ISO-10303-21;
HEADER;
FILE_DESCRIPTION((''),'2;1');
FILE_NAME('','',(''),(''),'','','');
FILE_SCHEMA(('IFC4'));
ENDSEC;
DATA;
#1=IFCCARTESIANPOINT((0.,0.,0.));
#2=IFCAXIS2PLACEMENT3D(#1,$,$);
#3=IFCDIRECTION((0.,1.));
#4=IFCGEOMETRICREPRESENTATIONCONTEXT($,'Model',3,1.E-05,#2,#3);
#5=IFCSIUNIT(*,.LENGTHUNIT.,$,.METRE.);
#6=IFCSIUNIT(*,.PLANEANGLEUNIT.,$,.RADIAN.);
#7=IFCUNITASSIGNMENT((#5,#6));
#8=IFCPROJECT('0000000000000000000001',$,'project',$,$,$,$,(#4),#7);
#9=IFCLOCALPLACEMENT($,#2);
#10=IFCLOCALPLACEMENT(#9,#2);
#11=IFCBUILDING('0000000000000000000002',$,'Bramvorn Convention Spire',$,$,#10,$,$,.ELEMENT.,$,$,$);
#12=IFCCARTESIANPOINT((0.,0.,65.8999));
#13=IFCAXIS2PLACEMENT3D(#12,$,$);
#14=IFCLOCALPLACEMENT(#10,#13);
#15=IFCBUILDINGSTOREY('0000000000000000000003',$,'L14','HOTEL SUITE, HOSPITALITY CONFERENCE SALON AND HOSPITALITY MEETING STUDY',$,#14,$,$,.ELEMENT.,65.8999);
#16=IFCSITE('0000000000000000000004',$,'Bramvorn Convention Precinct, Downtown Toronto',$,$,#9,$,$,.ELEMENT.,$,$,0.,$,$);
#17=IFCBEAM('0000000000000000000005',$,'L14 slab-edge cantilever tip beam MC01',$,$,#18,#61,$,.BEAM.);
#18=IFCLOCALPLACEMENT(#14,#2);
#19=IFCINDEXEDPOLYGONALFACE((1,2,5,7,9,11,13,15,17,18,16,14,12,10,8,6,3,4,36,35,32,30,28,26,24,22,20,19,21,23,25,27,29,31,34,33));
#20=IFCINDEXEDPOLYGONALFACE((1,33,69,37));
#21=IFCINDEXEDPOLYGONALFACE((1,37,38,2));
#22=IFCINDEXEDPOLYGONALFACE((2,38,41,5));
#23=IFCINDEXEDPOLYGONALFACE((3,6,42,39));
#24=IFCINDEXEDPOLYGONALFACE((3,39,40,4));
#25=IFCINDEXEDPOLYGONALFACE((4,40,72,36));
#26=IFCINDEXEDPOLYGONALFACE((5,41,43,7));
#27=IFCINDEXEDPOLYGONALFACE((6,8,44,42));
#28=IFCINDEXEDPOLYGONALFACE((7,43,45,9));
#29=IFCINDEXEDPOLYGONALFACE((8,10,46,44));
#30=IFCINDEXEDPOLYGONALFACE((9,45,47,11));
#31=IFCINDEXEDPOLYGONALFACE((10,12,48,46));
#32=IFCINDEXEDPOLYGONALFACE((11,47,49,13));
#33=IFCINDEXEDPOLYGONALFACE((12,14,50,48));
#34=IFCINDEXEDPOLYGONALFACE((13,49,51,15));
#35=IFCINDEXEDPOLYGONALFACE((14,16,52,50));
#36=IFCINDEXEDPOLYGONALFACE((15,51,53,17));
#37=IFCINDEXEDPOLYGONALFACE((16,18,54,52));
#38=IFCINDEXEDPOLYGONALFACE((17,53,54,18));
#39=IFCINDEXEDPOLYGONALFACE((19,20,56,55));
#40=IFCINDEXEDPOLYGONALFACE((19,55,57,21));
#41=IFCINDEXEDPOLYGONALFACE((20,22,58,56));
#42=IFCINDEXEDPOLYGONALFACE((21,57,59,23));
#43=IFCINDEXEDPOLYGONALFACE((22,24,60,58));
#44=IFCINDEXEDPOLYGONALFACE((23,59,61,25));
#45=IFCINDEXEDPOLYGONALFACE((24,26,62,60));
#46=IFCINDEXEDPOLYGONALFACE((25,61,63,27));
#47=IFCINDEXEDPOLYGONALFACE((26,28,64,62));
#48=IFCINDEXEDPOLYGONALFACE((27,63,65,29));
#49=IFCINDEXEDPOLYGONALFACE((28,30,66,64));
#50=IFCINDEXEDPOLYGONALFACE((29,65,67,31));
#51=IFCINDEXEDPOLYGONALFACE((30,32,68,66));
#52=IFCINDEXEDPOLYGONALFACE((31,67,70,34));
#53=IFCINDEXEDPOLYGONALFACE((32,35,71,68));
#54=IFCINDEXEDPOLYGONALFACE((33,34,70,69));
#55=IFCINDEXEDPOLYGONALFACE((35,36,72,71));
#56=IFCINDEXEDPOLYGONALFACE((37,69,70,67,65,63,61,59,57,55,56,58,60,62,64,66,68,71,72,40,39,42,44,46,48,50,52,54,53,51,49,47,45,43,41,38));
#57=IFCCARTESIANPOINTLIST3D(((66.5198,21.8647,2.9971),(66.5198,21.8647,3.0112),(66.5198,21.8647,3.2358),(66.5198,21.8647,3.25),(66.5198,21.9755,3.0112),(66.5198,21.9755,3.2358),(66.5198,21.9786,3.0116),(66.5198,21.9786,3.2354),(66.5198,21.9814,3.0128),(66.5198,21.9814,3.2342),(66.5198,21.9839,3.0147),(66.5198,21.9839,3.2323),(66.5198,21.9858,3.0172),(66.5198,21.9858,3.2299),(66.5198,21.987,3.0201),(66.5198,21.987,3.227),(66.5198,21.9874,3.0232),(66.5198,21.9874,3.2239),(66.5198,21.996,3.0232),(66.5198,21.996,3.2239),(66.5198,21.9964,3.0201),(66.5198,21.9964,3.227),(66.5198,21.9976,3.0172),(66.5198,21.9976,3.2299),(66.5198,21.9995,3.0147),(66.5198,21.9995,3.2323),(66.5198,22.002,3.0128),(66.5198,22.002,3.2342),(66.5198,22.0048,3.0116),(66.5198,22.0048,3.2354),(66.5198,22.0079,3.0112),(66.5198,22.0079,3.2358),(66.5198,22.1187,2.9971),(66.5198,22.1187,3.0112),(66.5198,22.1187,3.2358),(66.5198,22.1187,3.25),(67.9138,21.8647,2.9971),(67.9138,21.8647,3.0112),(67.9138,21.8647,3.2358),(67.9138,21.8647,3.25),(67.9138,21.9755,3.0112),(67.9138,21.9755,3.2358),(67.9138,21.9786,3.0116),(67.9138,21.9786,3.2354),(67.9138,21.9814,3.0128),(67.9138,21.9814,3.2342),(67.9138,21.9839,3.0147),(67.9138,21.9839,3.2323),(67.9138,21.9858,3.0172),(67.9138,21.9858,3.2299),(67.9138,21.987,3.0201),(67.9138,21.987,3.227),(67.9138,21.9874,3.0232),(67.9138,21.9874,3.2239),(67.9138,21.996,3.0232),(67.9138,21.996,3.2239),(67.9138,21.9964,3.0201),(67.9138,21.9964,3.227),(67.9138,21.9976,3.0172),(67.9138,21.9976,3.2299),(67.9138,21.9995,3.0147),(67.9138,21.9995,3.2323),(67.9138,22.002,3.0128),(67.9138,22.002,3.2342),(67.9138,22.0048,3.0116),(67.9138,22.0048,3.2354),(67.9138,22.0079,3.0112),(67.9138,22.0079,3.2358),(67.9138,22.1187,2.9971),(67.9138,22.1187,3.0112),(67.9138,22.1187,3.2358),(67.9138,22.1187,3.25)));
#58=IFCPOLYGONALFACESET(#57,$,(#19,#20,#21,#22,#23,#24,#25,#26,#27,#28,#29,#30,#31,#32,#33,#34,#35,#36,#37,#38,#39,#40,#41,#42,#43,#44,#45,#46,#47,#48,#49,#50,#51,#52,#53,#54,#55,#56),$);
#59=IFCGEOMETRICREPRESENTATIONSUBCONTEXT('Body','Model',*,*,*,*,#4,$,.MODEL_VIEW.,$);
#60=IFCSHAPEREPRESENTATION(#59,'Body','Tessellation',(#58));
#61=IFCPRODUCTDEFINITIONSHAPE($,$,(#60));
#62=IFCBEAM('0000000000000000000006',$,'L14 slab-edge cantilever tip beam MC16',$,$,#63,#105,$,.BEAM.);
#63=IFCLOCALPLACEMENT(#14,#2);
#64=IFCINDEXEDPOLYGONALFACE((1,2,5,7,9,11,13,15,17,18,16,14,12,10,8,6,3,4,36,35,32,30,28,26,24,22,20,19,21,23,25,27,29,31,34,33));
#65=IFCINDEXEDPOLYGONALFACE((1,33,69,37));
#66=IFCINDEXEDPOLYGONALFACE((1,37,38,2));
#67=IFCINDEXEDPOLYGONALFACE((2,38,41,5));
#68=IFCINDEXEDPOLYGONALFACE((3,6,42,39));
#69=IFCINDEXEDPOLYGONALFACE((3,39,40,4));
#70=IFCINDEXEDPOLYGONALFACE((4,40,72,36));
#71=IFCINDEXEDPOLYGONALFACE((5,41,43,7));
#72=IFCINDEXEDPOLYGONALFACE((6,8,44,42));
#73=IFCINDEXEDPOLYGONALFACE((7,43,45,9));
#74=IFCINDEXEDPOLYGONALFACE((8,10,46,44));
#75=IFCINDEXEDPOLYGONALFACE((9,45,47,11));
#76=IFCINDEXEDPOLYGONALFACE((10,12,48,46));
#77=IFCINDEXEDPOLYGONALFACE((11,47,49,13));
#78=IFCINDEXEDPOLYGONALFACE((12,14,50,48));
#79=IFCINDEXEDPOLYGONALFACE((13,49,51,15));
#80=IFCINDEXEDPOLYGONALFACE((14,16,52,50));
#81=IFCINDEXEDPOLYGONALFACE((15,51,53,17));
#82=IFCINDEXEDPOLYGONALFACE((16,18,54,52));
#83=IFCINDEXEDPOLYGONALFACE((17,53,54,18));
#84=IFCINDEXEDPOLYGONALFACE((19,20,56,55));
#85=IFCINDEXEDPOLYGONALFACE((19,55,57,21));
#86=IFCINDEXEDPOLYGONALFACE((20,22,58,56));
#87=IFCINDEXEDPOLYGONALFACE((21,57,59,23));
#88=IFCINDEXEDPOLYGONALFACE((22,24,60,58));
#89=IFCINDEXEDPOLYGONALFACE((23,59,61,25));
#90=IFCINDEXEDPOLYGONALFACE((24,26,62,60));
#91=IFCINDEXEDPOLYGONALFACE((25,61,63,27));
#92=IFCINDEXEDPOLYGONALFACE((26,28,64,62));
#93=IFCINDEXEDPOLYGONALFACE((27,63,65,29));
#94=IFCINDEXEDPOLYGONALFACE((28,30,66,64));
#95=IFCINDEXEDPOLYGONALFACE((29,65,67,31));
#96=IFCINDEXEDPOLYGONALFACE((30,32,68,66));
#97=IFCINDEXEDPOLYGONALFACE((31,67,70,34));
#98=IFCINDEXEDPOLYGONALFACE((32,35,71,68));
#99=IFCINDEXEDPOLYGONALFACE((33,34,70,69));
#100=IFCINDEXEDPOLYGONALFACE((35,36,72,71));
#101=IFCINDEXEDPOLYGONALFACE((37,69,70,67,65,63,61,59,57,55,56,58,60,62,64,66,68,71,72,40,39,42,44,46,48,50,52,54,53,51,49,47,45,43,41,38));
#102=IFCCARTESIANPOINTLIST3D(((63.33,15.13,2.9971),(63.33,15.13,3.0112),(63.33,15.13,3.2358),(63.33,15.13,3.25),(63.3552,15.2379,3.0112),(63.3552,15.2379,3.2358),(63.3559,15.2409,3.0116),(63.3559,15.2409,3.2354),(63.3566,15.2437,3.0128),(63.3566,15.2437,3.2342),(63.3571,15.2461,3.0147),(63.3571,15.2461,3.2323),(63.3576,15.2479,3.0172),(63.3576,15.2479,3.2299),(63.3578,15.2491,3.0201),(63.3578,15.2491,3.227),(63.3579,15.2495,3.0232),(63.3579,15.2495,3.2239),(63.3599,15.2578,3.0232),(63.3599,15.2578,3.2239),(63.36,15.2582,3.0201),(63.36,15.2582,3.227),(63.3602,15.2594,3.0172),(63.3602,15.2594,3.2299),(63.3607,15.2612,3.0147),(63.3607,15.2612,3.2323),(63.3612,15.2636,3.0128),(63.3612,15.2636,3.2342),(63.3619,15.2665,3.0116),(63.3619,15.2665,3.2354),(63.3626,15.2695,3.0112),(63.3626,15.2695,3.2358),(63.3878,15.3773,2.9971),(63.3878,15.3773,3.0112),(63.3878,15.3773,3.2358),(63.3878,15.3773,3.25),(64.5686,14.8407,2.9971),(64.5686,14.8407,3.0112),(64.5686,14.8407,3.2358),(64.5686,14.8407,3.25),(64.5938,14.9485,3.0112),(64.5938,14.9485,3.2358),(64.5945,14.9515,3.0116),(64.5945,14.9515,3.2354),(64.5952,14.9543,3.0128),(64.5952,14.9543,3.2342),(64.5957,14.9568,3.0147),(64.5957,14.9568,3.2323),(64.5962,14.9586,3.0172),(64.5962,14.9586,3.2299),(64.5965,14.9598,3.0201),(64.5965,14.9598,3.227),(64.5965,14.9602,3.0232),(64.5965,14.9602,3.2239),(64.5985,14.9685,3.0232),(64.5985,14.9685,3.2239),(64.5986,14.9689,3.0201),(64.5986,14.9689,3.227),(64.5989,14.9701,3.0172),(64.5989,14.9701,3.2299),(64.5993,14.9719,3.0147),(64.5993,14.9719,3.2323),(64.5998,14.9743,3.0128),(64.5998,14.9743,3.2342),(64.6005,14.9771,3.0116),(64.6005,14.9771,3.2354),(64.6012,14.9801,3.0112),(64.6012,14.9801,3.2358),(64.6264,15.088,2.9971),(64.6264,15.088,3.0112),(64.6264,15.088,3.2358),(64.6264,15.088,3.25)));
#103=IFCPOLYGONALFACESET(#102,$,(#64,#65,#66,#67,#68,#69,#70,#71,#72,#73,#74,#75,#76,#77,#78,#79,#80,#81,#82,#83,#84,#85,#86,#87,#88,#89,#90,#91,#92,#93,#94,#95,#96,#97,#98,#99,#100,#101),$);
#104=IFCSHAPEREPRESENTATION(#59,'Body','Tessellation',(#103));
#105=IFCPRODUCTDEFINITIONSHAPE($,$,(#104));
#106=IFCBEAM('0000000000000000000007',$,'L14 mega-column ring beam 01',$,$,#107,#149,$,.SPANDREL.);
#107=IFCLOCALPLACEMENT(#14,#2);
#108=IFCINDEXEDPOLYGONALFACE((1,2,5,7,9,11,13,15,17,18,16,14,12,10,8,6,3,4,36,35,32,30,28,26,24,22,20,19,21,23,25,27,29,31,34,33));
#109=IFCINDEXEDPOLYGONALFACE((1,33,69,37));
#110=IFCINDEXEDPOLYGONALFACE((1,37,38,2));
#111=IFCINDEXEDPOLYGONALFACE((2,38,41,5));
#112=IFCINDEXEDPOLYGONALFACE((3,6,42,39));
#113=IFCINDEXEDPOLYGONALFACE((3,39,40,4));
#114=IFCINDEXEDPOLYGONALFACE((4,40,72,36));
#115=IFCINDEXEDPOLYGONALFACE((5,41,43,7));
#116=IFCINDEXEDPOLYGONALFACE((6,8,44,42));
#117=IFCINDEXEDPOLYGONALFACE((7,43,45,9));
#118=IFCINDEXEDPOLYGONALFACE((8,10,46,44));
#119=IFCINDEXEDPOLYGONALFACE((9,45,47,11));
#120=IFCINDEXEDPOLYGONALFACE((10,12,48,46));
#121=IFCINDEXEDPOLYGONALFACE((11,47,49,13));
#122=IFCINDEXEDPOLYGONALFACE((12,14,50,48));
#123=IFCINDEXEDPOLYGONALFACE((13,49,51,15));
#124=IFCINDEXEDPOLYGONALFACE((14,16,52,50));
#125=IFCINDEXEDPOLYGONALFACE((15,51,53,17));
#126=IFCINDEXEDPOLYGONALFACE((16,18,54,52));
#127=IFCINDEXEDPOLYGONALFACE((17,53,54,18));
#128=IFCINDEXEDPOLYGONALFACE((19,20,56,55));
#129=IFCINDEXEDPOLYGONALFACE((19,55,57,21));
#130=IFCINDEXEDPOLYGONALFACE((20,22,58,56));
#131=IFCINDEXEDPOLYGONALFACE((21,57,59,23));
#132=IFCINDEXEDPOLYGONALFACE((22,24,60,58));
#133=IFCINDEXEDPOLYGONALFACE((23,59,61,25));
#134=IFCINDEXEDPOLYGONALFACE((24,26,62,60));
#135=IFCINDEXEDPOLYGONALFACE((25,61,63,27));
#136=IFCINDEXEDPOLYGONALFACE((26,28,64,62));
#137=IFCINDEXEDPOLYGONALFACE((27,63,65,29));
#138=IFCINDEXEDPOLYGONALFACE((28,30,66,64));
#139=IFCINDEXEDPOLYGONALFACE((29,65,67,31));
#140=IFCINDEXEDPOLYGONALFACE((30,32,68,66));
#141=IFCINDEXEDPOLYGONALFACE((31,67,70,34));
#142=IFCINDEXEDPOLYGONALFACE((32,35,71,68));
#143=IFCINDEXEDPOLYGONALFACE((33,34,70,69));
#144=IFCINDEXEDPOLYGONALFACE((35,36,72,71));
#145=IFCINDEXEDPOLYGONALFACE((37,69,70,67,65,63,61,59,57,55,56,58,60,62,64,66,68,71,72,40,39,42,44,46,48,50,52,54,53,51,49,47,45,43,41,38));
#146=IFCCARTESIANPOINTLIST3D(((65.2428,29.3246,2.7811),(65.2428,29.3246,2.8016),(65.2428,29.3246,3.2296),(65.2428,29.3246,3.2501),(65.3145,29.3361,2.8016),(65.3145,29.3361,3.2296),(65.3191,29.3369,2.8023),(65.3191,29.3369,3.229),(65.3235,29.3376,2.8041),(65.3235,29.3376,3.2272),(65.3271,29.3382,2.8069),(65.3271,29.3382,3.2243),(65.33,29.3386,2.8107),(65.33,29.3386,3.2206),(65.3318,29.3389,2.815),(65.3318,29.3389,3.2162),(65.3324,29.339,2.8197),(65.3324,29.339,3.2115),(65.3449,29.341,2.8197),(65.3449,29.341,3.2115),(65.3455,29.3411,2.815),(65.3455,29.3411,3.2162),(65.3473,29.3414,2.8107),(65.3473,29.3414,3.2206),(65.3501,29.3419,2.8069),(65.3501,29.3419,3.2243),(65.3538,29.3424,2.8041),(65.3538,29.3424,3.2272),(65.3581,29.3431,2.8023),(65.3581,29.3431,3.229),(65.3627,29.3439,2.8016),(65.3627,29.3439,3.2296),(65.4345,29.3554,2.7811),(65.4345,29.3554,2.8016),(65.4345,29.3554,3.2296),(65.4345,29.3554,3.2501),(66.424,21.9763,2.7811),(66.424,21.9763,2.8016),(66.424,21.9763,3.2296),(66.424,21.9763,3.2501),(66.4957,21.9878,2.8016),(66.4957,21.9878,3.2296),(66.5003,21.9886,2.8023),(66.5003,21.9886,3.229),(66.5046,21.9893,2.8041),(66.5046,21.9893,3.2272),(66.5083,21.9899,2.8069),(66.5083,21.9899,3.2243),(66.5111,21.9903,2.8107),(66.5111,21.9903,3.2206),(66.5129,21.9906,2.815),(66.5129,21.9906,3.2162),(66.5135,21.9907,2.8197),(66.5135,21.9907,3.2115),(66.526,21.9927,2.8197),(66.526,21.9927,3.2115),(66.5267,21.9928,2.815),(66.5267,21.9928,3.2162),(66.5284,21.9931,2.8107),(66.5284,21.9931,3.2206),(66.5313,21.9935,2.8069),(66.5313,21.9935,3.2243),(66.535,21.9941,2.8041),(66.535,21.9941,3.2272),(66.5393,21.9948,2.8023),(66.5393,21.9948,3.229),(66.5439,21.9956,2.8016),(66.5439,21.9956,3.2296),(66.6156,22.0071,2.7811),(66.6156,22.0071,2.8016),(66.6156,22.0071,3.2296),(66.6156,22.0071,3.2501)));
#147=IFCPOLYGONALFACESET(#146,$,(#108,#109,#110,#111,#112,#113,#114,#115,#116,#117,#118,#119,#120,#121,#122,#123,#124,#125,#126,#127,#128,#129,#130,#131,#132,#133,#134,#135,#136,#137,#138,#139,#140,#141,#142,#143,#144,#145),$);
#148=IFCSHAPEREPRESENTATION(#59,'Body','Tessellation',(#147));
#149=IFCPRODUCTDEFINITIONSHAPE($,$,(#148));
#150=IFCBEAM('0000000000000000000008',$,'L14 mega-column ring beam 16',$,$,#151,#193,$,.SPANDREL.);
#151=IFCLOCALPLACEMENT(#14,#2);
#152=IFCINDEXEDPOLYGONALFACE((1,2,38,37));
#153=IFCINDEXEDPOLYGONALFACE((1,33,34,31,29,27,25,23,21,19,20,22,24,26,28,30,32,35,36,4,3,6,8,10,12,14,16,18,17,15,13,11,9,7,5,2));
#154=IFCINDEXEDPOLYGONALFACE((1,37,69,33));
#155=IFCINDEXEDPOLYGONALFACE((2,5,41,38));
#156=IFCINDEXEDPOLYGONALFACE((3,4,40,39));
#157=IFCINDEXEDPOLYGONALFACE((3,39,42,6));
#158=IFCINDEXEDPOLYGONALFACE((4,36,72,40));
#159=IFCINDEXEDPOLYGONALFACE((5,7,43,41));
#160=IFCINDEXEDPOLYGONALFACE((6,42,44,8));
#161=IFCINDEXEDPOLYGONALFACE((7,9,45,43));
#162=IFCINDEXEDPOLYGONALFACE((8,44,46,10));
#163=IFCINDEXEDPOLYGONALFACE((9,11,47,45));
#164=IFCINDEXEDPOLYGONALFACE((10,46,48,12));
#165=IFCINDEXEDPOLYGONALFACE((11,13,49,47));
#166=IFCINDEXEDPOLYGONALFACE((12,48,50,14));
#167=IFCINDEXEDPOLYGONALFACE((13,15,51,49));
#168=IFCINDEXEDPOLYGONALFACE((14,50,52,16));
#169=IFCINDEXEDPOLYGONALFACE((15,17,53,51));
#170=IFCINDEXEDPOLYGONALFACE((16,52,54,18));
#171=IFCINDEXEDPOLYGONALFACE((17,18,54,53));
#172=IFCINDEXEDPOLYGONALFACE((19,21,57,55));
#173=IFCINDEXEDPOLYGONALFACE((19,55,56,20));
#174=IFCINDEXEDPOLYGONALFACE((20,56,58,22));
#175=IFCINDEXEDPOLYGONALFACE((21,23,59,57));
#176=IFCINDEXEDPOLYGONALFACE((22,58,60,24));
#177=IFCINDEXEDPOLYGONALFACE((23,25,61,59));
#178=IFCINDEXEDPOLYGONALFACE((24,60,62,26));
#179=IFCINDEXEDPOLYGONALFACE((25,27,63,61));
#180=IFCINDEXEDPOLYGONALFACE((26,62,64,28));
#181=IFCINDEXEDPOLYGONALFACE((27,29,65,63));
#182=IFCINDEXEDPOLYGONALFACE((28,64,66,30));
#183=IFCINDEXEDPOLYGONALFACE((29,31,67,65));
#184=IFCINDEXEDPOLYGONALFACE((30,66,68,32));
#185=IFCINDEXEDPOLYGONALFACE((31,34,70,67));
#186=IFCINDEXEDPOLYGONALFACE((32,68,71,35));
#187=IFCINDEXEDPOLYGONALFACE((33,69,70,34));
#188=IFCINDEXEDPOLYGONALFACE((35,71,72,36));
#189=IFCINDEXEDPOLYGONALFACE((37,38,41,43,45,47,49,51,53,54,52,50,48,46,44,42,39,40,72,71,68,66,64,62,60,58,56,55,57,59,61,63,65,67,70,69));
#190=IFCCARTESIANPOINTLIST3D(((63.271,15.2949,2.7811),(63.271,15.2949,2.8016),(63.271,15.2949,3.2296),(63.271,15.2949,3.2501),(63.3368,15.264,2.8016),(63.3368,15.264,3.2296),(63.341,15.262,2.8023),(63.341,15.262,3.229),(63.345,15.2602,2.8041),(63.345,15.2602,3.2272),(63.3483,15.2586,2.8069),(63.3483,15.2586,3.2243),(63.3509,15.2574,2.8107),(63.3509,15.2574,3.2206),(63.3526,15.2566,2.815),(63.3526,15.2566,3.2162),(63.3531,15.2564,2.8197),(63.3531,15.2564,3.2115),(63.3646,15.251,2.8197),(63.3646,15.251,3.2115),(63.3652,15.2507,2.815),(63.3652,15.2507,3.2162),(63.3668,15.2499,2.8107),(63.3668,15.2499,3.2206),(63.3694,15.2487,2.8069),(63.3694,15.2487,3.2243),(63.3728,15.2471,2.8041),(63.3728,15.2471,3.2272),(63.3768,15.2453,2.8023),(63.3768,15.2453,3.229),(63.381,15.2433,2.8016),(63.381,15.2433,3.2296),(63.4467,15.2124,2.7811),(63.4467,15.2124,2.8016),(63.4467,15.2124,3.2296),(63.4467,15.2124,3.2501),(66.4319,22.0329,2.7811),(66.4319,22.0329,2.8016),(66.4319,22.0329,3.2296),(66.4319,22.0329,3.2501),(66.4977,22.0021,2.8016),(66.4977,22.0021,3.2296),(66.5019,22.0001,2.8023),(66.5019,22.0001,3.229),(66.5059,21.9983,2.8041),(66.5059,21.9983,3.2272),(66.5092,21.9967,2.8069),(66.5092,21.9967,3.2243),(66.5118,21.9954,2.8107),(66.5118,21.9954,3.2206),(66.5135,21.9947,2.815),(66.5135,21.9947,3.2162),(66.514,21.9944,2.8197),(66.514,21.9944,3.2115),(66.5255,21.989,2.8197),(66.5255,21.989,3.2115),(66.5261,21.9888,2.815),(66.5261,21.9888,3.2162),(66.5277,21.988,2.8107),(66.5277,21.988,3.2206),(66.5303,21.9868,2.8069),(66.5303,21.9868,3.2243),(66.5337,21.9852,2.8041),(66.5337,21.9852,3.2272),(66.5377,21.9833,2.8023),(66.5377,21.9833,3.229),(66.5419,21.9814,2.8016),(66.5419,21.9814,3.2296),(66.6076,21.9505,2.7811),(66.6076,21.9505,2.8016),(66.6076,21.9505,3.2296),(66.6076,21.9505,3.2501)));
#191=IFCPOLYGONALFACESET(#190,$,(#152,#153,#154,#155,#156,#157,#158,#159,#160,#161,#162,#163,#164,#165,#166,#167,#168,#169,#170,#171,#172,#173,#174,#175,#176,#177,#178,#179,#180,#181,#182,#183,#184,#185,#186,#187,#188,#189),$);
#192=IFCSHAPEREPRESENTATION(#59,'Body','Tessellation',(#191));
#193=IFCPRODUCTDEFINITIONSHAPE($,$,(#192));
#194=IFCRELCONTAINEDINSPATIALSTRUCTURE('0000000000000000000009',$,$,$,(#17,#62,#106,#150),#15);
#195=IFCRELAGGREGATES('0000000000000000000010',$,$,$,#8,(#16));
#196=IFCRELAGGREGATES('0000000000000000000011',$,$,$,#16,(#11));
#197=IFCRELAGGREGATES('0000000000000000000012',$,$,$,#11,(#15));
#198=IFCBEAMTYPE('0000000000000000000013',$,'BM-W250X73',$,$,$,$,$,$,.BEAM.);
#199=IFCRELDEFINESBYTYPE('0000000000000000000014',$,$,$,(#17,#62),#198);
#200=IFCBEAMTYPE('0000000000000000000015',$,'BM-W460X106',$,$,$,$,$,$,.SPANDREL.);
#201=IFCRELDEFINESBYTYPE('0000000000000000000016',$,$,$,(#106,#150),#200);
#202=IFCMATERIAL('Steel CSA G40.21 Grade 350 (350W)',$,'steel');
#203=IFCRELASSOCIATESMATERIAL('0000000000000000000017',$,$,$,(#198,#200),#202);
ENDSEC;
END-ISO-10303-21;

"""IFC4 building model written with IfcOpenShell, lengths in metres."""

from ifc_helpers import new_model, si_unit, direction, frame, origin, origin_2d, place, context, subcontext, project, spatial, i_section, extrude, material, material_profile, profile_set, type_object, element, save


model = new_model("IFC4")

# Units and contexts
model_context = context("Model", 3, precision=1e-05, world=origin(), true_north=direction((0.0, 1.0)))
body_context = subcontext(model_context, "Body", "Model", "MODEL_VIEW")
ifc_project = project(units=[si_unit("LENGTHUNIT", "METRE"), si_unit("PLANEANGLEUNIT", "RADIAN")], contexts=[model_context])

# Site, building, storey
site_placement = place(None, origin())
site = spatial("IfcSite", under=ifc_project, at=site_placement, Name="Bramvorn Convention Precinct, Downtown Toronto", CompositionType="ELEMENT", RefElevation=0.0)
building_placement = place(site_placement, origin())
building = spatial("IfcBuilding", under=site, at=building_placement, Name="Bramvorn Convention Spire", CompositionType="ELEMENT")
storey_placement = place(building_placement, frame((0.0, 0.0, 65.8999)))
storey = spatial("IfcBuildingStorey", under=building, at=storey_placement, Name="L14", Description="HOTEL SUITE, HOSPITALITY CONFERENCE SALON AND HOSPITALITY MEETING STUDY", CompositionType="ELEMENT", Elevation=65.8999)

# Shared definitions
ifc_material_1 = material(Name="Steel CSA G40.21 Grade 350 (350W)", Category="steel")

# Beams
ifc_material_profile_1 = material_profile(ifc_material_1, i_section(OverallWidth=0.2539, OverallDepth=0.2529, WebThickness=0.0085, FlangeThickness=0.0142, FilletRadius=0.012, at=origin_2d()))
ifc_profile_set_1 = profile_set([ifc_material_profile_1], Name="Steel CSA G40.21 Grade 350 (350W) - W250X73")
beam_type_1 = type_object("IfcBeamType", Name="BM-W250X73", PredefinedType="BEAM", material=ifc_profile_set_1)
beam_1_placement = place(storey_placement, frame((66.5198, 21.9917, 3.1235), z_axis=(1.0, 0.0, 0.0), x_axis=(0.0, 1.0, 0.0)))
element("IfcBeam", 1, at=beam_1_placement, inside=storey, type_object=beam_type_1, Name="L14 slab-edge cantilever tip beam MC01", PredefinedType="BEAM", context=body_context, shape_type="SweptSolid", body=[
    extrude(i_section(OverallWidth=0.2539, OverallDepth=0.2529, WebThickness=0.0085, FlangeThickness=0.0142, FilletRadius=0.012, at=origin_2d()), origin(), (0.0, 0.0, 1.0), 1.394),
])
beam_2_placement = place(storey_placement, frame((63.3589, 15.2537, 3.1235), z_axis=(0.973786, -0.227466, 0.0), x_axis=(0.227466, 0.973786, 0.0)))
element("IfcBeam", 2, at=beam_2_placement, inside=storey, type_object=beam_type_1, Name="L14 slab-edge cantilever tip beam MC16", PredefinedType="BEAM", context=body_context, shape_type="SweptSolid", body=[
    extrude(i_section(OverallWidth=0.2539, OverallDepth=0.2529, WebThickness=0.0085, FlangeThickness=0.0142, FilletRadius=0.012, at=origin_2d()), origin(), (0.0, 0.0, 1.0), 1.272),
])
ifc_material_profile_2 = material_profile(ifc_material_1, i_section(OverallWidth=0.1941, OverallDepth=0.469, WebThickness=0.0127, FlangeThickness=0.0205, FilletRadius=0.0181, at=origin_2d()))
ifc_profile_set_2 = profile_set([ifc_material_profile_2], Name="Steel CSA G40.21 Grade 350 (350W) - W460X106")
beam_type_2 = type_object("IfcBeamType", Name="BM-W460X106", PredefinedType="SPANDREL", material=ifc_profile_set_2)
for number, where, z_axis, x_axis, name in (
    (3, (66.5198, 21.9917, 3.0156), (-0.158699, 0.987327, 0.0), (-0.987327, -0.158699, 0.0), "L14 mega-column ring beam 01"),
    (4, (63.3589, 15.2537, 3.0156), (0.424702, 0.905333, 0.0), (-0.905333, 0.424702, 0.0), "L14 mega-column ring beam 16"),
):
    element("IfcBeam", number, at=place(storey_placement, frame(where, z_axis=z_axis, x_axis=x_axis)), inside=storey, type_object=beam_type_2, Name=name, PredefinedType="SPANDREL", context=body_context, shape_type="SweptSolid", body=[
        extrude(i_section(OverallWidth=0.1941, OverallDepth=0.469, WebThickness=0.0127, FlangeThickness=0.0205, FilletRadius=0.0181, at=origin_2d()), origin(), (0.0, 0.0, 1.0), 7.4426),
    ])

save(model, "model.ifc")
